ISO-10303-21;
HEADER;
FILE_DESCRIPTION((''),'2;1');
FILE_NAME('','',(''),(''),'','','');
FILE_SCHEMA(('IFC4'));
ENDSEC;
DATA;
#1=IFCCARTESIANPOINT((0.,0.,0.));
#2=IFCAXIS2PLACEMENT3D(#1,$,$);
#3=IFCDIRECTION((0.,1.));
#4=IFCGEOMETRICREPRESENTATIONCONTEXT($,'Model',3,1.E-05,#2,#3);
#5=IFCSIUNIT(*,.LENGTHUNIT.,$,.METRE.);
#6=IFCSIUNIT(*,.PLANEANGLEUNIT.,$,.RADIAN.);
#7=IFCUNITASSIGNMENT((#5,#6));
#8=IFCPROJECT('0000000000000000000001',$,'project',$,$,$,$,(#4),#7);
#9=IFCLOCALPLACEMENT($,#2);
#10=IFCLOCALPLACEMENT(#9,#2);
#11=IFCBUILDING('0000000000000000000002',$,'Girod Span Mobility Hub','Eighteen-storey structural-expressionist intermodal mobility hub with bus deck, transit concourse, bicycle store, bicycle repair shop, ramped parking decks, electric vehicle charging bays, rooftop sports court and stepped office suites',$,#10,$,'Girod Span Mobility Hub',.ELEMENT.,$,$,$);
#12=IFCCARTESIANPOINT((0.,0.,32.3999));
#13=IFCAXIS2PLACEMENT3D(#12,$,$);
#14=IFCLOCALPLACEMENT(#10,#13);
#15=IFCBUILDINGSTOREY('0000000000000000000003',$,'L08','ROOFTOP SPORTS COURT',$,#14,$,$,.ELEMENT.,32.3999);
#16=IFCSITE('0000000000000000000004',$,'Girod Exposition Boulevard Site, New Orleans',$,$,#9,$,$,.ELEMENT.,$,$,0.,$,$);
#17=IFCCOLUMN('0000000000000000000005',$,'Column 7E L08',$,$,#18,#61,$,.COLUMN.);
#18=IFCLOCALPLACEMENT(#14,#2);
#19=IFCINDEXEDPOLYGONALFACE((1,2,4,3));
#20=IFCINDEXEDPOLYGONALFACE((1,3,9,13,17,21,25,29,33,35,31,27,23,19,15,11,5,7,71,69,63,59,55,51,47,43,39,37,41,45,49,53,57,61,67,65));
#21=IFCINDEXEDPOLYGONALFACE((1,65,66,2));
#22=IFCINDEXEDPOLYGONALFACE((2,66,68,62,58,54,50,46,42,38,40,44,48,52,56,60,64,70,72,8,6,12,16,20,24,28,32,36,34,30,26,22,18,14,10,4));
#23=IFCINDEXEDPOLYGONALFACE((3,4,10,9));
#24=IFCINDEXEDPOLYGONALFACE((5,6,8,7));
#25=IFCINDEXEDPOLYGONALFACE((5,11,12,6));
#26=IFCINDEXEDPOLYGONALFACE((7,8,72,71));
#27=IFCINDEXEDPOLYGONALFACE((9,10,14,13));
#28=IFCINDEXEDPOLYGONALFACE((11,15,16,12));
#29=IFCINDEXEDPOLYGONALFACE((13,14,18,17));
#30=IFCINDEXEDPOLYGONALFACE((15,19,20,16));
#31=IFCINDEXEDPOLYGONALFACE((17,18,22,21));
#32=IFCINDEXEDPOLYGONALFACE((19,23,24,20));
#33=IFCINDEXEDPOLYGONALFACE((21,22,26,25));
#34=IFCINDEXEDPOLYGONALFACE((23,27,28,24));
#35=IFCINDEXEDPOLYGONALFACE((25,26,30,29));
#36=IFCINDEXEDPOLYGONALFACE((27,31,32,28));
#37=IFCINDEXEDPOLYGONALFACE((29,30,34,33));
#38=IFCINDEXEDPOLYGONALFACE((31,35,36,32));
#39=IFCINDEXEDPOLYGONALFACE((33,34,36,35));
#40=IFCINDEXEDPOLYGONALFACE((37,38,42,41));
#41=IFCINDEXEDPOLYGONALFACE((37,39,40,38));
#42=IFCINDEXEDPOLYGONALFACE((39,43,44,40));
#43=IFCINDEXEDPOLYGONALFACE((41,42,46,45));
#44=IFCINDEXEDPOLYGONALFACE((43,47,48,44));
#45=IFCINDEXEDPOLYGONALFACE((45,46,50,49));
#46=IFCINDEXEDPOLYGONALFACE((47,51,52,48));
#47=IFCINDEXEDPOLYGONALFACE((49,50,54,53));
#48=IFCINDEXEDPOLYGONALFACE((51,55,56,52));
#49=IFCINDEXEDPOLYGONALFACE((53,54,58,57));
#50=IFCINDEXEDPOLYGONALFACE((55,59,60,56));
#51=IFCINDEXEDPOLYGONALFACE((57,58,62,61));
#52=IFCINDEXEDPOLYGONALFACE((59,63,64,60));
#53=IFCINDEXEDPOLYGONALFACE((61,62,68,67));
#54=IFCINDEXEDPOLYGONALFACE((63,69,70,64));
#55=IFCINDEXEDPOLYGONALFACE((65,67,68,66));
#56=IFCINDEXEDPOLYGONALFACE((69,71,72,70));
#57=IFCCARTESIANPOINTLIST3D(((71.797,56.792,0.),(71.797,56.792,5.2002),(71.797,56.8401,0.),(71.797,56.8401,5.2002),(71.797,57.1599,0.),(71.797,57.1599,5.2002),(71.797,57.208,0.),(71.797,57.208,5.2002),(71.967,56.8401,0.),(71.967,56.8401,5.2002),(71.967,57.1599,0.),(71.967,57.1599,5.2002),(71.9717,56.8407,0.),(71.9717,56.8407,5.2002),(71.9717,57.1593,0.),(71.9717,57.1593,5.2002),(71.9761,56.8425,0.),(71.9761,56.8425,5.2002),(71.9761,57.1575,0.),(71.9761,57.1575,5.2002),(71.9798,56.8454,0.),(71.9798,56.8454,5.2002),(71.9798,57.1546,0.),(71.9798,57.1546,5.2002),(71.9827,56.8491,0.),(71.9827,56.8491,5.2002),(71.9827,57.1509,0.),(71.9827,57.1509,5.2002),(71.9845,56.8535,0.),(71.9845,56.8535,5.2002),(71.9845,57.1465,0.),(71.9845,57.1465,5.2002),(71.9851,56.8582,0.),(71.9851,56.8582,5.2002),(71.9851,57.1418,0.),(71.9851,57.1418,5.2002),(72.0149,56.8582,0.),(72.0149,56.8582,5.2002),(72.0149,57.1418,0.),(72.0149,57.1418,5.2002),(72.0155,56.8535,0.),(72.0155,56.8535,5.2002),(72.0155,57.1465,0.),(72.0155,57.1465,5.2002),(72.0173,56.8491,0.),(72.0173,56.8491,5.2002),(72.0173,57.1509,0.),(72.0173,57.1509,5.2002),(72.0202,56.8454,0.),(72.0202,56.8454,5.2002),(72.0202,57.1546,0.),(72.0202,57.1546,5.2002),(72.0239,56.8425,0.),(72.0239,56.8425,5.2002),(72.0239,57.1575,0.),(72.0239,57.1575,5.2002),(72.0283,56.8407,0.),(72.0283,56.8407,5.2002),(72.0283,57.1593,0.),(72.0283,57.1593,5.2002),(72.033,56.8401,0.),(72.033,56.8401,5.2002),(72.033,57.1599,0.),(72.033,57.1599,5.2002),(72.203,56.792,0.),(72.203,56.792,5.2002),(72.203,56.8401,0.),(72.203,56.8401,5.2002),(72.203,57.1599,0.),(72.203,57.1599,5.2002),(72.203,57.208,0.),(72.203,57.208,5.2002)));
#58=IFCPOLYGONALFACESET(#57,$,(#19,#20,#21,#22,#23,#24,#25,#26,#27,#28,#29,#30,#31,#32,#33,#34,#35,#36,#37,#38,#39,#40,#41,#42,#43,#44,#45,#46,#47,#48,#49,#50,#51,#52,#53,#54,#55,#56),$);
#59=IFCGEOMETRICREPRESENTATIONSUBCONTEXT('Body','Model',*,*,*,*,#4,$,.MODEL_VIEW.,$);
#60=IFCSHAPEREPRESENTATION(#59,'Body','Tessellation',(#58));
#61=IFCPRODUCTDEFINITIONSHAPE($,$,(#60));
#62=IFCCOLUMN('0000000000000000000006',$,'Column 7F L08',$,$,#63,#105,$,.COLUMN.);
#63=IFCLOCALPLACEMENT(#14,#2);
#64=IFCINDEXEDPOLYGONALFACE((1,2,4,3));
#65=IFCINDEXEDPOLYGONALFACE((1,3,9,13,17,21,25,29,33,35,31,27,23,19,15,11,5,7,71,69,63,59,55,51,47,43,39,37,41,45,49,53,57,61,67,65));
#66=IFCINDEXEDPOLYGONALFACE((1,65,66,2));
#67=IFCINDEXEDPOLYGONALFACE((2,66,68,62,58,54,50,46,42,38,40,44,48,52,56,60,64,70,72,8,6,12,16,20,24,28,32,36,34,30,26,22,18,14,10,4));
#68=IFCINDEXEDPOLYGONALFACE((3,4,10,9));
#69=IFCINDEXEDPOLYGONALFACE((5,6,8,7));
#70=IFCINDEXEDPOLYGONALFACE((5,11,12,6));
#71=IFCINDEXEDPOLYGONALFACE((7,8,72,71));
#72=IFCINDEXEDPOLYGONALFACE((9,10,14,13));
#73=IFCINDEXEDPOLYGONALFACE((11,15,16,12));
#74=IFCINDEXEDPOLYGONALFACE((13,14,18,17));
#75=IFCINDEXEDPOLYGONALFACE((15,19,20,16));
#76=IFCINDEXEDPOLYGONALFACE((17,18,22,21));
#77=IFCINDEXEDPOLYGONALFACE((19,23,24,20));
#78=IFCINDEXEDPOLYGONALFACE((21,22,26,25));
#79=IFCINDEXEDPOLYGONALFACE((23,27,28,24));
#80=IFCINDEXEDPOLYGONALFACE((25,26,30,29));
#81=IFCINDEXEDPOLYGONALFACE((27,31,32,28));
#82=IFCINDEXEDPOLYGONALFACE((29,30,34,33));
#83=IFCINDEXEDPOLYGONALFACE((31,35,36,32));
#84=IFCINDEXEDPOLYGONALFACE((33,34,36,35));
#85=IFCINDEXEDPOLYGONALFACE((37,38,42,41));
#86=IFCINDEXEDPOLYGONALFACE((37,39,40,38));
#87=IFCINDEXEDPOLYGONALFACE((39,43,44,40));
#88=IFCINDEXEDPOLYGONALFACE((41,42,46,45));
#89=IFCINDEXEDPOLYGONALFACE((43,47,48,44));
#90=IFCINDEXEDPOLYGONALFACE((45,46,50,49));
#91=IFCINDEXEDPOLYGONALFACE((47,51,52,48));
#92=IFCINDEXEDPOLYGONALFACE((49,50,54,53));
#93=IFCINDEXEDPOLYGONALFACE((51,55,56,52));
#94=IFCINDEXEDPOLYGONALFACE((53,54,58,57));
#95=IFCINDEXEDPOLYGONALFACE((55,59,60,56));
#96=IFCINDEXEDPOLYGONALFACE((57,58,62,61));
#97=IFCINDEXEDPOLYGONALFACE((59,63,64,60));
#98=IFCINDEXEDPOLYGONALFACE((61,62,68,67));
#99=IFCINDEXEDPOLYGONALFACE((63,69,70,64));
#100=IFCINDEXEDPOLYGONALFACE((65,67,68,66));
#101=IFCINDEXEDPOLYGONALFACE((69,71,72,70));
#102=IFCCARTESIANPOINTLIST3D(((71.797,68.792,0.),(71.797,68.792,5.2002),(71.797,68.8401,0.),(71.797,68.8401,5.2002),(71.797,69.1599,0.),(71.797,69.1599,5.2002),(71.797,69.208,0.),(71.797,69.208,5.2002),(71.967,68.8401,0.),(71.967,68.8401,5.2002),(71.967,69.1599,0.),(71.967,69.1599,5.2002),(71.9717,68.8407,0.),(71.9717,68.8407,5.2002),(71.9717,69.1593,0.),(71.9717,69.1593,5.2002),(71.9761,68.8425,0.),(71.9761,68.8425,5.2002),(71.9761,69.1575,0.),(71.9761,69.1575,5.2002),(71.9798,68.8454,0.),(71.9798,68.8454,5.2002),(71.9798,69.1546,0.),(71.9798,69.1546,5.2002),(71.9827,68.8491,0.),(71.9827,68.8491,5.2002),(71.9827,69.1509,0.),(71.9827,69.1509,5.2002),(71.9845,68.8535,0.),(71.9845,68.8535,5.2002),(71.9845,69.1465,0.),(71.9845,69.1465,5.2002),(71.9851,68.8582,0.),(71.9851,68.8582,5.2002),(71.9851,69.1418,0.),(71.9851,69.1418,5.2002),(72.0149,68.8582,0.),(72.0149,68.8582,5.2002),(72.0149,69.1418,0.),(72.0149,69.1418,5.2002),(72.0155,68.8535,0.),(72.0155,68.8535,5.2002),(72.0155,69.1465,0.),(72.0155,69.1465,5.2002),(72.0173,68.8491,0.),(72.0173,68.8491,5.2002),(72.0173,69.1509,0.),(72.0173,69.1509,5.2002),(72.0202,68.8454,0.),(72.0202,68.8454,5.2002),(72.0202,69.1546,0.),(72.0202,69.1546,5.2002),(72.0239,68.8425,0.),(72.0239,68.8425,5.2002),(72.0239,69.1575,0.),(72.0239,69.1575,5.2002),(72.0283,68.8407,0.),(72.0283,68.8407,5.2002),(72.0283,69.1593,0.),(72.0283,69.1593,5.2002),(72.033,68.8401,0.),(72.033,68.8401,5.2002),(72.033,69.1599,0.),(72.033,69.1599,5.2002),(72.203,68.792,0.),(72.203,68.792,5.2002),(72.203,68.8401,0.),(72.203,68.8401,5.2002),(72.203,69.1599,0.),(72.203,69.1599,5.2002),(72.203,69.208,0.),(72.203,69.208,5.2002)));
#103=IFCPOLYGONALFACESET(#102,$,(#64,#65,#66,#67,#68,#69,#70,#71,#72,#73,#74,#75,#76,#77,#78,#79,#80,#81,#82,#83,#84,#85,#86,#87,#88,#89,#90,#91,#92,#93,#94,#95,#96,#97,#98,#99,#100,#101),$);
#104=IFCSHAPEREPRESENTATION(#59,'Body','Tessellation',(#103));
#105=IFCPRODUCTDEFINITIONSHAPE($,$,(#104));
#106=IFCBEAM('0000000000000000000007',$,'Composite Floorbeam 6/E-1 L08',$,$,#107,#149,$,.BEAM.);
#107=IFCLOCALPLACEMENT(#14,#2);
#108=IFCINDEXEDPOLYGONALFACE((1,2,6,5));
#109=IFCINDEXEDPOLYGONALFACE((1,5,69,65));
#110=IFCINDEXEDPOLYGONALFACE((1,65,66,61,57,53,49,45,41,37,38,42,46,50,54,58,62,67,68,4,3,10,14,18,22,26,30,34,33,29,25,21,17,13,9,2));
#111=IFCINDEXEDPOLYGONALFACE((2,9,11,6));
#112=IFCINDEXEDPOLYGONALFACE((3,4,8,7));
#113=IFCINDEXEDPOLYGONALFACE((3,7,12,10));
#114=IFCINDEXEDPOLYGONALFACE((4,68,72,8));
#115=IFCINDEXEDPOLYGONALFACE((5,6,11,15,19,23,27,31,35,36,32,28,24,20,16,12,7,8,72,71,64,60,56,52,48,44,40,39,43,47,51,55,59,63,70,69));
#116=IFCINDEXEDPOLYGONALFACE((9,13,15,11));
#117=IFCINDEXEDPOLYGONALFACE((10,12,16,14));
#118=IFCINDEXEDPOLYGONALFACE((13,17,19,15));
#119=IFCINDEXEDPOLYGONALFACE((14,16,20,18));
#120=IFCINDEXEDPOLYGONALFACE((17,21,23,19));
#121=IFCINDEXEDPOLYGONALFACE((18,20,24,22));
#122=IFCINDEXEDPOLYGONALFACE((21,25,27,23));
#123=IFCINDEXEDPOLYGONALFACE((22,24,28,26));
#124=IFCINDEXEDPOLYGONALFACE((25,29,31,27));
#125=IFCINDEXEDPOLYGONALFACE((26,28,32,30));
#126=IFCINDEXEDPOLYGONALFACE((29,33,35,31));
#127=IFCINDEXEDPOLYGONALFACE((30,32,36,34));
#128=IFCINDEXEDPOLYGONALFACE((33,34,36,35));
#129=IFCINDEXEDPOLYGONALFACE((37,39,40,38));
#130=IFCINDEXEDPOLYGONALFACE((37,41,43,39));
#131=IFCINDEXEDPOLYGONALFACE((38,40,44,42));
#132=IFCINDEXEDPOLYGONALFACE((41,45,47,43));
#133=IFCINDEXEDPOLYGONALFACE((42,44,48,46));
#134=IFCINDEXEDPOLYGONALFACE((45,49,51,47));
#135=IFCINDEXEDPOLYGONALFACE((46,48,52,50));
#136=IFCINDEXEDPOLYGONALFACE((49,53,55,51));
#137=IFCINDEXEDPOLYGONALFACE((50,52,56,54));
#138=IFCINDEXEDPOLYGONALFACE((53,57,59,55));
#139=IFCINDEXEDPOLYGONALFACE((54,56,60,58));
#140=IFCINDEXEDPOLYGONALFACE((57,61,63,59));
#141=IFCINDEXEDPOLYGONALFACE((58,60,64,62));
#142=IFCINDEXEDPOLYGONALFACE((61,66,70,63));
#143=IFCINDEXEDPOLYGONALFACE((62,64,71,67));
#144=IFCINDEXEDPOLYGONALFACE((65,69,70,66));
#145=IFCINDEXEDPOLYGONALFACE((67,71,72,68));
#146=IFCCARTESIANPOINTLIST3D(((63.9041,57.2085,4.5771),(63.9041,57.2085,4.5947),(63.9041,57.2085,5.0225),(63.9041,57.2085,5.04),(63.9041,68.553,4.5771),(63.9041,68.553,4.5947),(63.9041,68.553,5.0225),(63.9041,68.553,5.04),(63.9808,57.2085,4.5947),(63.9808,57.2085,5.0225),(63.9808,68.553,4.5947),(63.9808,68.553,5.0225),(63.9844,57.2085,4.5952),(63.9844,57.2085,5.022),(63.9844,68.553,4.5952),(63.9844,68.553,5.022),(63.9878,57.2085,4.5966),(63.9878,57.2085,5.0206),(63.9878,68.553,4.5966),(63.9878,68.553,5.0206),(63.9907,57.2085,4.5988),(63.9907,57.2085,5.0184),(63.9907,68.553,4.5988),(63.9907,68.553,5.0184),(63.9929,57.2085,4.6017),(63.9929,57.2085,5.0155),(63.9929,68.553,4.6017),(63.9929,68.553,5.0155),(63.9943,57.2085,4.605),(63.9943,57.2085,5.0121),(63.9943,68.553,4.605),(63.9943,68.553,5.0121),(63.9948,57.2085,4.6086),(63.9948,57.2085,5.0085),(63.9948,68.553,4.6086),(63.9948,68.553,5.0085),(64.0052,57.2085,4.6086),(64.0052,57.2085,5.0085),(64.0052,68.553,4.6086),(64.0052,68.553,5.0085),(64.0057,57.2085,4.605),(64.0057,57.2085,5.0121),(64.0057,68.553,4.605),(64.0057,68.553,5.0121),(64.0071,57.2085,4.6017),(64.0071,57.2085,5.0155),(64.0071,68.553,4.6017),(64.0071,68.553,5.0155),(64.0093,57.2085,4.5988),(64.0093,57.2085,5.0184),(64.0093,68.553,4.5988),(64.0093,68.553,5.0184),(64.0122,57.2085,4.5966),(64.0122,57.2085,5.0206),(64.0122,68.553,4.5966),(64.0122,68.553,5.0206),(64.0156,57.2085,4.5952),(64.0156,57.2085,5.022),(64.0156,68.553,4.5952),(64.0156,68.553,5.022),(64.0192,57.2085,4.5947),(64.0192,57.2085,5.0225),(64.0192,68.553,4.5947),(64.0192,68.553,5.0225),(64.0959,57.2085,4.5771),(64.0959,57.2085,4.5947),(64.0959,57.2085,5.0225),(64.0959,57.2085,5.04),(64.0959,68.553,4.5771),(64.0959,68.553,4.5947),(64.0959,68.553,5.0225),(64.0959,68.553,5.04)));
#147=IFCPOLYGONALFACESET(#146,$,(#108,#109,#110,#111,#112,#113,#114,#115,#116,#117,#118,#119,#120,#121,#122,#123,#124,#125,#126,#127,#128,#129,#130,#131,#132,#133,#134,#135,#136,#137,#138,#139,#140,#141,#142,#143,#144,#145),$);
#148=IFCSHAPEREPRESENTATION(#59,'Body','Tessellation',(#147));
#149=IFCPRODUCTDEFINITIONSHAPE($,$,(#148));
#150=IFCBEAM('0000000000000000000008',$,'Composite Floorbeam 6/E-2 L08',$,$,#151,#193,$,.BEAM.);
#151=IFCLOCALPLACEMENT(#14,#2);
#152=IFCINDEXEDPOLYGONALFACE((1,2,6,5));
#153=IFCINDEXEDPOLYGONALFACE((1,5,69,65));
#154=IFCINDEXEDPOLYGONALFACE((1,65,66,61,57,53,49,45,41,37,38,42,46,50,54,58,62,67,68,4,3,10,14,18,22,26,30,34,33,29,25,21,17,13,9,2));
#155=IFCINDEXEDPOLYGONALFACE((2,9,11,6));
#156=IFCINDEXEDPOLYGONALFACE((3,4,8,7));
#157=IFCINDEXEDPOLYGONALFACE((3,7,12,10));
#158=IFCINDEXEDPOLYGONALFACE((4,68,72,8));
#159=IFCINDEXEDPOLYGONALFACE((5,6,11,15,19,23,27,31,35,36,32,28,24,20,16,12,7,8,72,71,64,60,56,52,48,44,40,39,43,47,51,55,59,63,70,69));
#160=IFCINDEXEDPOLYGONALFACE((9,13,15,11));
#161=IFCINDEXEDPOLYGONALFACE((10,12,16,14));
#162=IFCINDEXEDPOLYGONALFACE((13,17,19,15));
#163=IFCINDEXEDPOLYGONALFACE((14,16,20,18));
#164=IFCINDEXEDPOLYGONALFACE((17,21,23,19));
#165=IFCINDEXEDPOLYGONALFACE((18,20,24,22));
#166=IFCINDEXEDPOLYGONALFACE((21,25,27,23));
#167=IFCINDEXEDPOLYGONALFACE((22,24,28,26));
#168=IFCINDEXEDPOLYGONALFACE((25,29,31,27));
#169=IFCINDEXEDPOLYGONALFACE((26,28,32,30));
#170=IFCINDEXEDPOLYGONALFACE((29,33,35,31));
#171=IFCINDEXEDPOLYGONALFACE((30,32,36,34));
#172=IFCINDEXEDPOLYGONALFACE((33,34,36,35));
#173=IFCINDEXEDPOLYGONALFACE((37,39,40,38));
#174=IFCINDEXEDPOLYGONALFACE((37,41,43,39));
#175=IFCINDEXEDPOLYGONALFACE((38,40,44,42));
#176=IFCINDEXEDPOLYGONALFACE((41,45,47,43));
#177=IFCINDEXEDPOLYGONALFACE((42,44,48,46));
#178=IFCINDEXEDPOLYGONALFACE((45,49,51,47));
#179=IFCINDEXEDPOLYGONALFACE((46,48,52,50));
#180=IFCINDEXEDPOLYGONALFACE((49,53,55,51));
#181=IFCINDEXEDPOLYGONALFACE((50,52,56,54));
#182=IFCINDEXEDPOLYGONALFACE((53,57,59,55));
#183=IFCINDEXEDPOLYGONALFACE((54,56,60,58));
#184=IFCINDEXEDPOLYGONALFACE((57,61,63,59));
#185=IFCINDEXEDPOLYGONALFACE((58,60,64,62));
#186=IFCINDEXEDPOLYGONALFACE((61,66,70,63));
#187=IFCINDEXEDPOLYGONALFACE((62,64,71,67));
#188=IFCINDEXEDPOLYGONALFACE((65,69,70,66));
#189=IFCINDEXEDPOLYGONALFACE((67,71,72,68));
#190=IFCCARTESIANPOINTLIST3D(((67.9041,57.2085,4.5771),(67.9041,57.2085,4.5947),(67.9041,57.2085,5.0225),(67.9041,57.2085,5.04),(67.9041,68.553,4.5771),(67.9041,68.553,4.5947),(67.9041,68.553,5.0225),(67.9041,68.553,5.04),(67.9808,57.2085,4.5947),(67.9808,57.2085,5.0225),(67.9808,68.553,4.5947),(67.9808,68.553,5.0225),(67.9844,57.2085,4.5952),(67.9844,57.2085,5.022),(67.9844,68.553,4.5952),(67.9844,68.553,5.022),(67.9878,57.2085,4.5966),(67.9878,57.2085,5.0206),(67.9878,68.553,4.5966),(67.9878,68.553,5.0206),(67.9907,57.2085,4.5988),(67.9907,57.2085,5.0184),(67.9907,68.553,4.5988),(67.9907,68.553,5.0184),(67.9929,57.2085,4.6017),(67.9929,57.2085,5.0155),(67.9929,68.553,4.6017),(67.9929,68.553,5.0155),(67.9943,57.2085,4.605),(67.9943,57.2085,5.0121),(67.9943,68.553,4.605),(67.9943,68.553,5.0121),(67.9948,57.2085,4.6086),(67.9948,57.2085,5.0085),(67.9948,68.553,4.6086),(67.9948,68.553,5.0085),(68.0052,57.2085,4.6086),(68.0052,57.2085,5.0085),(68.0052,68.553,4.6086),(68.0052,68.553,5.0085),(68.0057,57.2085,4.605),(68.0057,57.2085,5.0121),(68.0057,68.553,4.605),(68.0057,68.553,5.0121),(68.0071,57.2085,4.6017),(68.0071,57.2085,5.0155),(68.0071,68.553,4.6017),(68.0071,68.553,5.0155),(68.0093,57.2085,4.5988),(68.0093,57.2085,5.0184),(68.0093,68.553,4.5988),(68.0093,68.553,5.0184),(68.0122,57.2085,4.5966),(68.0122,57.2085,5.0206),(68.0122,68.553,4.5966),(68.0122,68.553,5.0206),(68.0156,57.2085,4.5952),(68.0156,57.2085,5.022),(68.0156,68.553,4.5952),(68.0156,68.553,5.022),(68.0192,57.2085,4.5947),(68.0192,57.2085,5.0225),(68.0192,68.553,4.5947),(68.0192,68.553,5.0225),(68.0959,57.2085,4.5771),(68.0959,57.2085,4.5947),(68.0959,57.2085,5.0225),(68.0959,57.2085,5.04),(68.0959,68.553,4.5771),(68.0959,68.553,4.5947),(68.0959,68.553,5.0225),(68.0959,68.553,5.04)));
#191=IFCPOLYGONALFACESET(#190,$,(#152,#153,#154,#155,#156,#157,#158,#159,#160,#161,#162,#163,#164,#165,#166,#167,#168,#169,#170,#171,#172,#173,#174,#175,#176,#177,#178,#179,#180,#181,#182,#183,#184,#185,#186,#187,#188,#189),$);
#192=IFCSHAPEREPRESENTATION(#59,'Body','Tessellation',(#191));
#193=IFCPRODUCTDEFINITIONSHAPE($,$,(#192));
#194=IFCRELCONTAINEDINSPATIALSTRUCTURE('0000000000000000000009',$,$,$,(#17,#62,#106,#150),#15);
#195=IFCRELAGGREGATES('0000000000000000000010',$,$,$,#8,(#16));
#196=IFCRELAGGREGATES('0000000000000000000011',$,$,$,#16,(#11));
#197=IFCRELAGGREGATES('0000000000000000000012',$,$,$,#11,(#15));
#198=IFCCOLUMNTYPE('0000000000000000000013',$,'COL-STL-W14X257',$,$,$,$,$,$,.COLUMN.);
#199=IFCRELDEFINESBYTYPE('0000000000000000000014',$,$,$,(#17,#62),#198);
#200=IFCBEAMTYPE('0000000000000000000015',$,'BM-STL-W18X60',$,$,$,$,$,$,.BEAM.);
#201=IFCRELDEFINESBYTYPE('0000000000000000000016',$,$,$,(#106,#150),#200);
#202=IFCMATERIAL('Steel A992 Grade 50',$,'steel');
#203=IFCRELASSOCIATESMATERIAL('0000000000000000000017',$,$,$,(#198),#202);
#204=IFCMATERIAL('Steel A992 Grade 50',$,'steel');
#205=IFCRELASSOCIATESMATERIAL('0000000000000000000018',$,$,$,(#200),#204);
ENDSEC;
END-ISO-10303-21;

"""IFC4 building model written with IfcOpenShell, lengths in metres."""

from ifc_helpers import new_model, si_unit, direction, frame, origin, origin_2d, place, context, subcontext, project, spatial, i_section, extrude, material, material_profile, profile_set, type_object, element, save


model = new_model("IFC4")

# Units and contexts
model_context = context("Model", 3, precision=1e-05, world=origin(), true_north=direction((0.0, 1.0)))
body_context = subcontext(model_context, "Body", "Model", "MODEL_VIEW")
ifc_project = project(units=[si_unit("LENGTHUNIT", "METRE"), si_unit("PLANEANGLEUNIT", "RADIAN")], contexts=[model_context])

# Site, building, storey
site_placement = place(None, origin())
site = spatial("IfcSite", under=ifc_project, at=site_placement, Name="Girod Exposition Boulevard Site, New Orleans", CompositionType="ELEMENT", RefElevation=0.0)
building_placement = place(site_placement, origin())
building = spatial("IfcBuilding", under=site, at=building_placement, Name="Girod Span Mobility Hub", Description="Eighteen-storey structural-expressionist intermodal mobility hub with bus deck, transit concourse, bicycle store, bicycle repair shop, ramped parking decks, electric vehicle charging bays, rooftop sports court and stepped office suites", LongName="Girod Span Mobility Hub", CompositionType="ELEMENT")
storey_placement = place(building_placement, frame((0.0, 0.0, 32.3999)))
storey = spatial("IfcBuildingStorey", under=building, at=storey_placement, Name="L08", Description="ROOFTOP SPORTS COURT", CompositionType="ELEMENT", Elevation=32.3999)

# Columns
ifc_material_1 = material(Name="Steel A992 Grade 50", Category="steel")
ifc_material_profile_1 = material_profile(ifc_material_1, i_section(OverallWidth=0.406, OverallDepth=0.416, WebThickness=0.0298, FlangeThickness=0.0481, FilletRadius=0.0181, at=origin_2d()), Name="W14X257")
ifc_profile_set_1 = profile_set([ifc_material_profile_1], Name="Steel A992 Grade 50")
column_type = type_object("IfcColumnType", Name="COL-STL-W14X257", PredefinedType="COLUMN", material=ifc_profile_set_1)
for number, where, z_axis, x_axis, name in (
    (1, (72.0, 57.0, 0.0), (0.0, 0.0, 1.0), (1.0, 0.0, 0.0), "Column 7E L08"),
    (2, (72.0, 69.0, 0.0), (0.0, 0.0, 1.0), (1.0, 0.0, 0.0), "Column 7F L08"),
):
    element("IfcColumn", number, at=place(storey_placement, frame(where, z_axis=z_axis, x_axis=x_axis)), inside=storey, type_object=column_type, Name=name, PredefinedType="COLUMN", context=body_context, shape_type="SweptSolid", body=[
        extrude(i_section(OverallWidth=0.406, OverallDepth=0.416, WebThickness=0.0298, FlangeThickness=0.0481, FilletRadius=0.0181, at=origin_2d()), origin(), (0.0, 0.0, 1.0), 5.2002),
    ])

# Beams
ifc_material_2 = material(Name="Steel A992 Grade 50", Category="steel")
ifc_material_profile_2 = material_profile(ifc_material_2, i_section(OverallWidth=0.1919, OverallDepth=0.4629, WebThickness=0.0105, FlangeThickness=0.0176, FilletRadius=0.0139, at=origin_2d()), Name="W18X60")
ifc_profile_set_2 = profile_set([ifc_material_profile_2], Name="Steel A992 Grade 50")
beam_type_1 = type_object("IfcBeamType", Name="BM-STL-W18X60", PredefinedType="BEAM", material=ifc_profile_set_2)
for number, where, z_axis, x_axis, name in (
    (3, (64.0, 57.2085, 4.8086), (0.0, 1.0, 0.0), (-1.0, 0.0, 0.0), "Composite Floorbeam 6/E-1 L08"),
    (4, (68.0, 57.2085, 4.8086), (0.0, 1.0, 0.0), (-1.0, 0.0, 0.0), "Composite Floorbeam 6/E-2 L08"),
):
    element("IfcBeam", number, at=place(storey_placement, frame(where, z_axis=z_axis, x_axis=x_axis)), inside=storey, type_object=beam_type_1, Name=name, PredefinedType="BEAM", context=body_context, shape_type="SweptSolid", body=[
        extrude(i_section(OverallWidth=0.1919, OverallDepth=0.4629, WebThickness=0.0105, FlangeThickness=0.0176, FilletRadius=0.0139, at=origin_2d()), origin(), (0.0, 0.0, 1.0), 11.3445),
    ])

save(model, "model.ifc")
